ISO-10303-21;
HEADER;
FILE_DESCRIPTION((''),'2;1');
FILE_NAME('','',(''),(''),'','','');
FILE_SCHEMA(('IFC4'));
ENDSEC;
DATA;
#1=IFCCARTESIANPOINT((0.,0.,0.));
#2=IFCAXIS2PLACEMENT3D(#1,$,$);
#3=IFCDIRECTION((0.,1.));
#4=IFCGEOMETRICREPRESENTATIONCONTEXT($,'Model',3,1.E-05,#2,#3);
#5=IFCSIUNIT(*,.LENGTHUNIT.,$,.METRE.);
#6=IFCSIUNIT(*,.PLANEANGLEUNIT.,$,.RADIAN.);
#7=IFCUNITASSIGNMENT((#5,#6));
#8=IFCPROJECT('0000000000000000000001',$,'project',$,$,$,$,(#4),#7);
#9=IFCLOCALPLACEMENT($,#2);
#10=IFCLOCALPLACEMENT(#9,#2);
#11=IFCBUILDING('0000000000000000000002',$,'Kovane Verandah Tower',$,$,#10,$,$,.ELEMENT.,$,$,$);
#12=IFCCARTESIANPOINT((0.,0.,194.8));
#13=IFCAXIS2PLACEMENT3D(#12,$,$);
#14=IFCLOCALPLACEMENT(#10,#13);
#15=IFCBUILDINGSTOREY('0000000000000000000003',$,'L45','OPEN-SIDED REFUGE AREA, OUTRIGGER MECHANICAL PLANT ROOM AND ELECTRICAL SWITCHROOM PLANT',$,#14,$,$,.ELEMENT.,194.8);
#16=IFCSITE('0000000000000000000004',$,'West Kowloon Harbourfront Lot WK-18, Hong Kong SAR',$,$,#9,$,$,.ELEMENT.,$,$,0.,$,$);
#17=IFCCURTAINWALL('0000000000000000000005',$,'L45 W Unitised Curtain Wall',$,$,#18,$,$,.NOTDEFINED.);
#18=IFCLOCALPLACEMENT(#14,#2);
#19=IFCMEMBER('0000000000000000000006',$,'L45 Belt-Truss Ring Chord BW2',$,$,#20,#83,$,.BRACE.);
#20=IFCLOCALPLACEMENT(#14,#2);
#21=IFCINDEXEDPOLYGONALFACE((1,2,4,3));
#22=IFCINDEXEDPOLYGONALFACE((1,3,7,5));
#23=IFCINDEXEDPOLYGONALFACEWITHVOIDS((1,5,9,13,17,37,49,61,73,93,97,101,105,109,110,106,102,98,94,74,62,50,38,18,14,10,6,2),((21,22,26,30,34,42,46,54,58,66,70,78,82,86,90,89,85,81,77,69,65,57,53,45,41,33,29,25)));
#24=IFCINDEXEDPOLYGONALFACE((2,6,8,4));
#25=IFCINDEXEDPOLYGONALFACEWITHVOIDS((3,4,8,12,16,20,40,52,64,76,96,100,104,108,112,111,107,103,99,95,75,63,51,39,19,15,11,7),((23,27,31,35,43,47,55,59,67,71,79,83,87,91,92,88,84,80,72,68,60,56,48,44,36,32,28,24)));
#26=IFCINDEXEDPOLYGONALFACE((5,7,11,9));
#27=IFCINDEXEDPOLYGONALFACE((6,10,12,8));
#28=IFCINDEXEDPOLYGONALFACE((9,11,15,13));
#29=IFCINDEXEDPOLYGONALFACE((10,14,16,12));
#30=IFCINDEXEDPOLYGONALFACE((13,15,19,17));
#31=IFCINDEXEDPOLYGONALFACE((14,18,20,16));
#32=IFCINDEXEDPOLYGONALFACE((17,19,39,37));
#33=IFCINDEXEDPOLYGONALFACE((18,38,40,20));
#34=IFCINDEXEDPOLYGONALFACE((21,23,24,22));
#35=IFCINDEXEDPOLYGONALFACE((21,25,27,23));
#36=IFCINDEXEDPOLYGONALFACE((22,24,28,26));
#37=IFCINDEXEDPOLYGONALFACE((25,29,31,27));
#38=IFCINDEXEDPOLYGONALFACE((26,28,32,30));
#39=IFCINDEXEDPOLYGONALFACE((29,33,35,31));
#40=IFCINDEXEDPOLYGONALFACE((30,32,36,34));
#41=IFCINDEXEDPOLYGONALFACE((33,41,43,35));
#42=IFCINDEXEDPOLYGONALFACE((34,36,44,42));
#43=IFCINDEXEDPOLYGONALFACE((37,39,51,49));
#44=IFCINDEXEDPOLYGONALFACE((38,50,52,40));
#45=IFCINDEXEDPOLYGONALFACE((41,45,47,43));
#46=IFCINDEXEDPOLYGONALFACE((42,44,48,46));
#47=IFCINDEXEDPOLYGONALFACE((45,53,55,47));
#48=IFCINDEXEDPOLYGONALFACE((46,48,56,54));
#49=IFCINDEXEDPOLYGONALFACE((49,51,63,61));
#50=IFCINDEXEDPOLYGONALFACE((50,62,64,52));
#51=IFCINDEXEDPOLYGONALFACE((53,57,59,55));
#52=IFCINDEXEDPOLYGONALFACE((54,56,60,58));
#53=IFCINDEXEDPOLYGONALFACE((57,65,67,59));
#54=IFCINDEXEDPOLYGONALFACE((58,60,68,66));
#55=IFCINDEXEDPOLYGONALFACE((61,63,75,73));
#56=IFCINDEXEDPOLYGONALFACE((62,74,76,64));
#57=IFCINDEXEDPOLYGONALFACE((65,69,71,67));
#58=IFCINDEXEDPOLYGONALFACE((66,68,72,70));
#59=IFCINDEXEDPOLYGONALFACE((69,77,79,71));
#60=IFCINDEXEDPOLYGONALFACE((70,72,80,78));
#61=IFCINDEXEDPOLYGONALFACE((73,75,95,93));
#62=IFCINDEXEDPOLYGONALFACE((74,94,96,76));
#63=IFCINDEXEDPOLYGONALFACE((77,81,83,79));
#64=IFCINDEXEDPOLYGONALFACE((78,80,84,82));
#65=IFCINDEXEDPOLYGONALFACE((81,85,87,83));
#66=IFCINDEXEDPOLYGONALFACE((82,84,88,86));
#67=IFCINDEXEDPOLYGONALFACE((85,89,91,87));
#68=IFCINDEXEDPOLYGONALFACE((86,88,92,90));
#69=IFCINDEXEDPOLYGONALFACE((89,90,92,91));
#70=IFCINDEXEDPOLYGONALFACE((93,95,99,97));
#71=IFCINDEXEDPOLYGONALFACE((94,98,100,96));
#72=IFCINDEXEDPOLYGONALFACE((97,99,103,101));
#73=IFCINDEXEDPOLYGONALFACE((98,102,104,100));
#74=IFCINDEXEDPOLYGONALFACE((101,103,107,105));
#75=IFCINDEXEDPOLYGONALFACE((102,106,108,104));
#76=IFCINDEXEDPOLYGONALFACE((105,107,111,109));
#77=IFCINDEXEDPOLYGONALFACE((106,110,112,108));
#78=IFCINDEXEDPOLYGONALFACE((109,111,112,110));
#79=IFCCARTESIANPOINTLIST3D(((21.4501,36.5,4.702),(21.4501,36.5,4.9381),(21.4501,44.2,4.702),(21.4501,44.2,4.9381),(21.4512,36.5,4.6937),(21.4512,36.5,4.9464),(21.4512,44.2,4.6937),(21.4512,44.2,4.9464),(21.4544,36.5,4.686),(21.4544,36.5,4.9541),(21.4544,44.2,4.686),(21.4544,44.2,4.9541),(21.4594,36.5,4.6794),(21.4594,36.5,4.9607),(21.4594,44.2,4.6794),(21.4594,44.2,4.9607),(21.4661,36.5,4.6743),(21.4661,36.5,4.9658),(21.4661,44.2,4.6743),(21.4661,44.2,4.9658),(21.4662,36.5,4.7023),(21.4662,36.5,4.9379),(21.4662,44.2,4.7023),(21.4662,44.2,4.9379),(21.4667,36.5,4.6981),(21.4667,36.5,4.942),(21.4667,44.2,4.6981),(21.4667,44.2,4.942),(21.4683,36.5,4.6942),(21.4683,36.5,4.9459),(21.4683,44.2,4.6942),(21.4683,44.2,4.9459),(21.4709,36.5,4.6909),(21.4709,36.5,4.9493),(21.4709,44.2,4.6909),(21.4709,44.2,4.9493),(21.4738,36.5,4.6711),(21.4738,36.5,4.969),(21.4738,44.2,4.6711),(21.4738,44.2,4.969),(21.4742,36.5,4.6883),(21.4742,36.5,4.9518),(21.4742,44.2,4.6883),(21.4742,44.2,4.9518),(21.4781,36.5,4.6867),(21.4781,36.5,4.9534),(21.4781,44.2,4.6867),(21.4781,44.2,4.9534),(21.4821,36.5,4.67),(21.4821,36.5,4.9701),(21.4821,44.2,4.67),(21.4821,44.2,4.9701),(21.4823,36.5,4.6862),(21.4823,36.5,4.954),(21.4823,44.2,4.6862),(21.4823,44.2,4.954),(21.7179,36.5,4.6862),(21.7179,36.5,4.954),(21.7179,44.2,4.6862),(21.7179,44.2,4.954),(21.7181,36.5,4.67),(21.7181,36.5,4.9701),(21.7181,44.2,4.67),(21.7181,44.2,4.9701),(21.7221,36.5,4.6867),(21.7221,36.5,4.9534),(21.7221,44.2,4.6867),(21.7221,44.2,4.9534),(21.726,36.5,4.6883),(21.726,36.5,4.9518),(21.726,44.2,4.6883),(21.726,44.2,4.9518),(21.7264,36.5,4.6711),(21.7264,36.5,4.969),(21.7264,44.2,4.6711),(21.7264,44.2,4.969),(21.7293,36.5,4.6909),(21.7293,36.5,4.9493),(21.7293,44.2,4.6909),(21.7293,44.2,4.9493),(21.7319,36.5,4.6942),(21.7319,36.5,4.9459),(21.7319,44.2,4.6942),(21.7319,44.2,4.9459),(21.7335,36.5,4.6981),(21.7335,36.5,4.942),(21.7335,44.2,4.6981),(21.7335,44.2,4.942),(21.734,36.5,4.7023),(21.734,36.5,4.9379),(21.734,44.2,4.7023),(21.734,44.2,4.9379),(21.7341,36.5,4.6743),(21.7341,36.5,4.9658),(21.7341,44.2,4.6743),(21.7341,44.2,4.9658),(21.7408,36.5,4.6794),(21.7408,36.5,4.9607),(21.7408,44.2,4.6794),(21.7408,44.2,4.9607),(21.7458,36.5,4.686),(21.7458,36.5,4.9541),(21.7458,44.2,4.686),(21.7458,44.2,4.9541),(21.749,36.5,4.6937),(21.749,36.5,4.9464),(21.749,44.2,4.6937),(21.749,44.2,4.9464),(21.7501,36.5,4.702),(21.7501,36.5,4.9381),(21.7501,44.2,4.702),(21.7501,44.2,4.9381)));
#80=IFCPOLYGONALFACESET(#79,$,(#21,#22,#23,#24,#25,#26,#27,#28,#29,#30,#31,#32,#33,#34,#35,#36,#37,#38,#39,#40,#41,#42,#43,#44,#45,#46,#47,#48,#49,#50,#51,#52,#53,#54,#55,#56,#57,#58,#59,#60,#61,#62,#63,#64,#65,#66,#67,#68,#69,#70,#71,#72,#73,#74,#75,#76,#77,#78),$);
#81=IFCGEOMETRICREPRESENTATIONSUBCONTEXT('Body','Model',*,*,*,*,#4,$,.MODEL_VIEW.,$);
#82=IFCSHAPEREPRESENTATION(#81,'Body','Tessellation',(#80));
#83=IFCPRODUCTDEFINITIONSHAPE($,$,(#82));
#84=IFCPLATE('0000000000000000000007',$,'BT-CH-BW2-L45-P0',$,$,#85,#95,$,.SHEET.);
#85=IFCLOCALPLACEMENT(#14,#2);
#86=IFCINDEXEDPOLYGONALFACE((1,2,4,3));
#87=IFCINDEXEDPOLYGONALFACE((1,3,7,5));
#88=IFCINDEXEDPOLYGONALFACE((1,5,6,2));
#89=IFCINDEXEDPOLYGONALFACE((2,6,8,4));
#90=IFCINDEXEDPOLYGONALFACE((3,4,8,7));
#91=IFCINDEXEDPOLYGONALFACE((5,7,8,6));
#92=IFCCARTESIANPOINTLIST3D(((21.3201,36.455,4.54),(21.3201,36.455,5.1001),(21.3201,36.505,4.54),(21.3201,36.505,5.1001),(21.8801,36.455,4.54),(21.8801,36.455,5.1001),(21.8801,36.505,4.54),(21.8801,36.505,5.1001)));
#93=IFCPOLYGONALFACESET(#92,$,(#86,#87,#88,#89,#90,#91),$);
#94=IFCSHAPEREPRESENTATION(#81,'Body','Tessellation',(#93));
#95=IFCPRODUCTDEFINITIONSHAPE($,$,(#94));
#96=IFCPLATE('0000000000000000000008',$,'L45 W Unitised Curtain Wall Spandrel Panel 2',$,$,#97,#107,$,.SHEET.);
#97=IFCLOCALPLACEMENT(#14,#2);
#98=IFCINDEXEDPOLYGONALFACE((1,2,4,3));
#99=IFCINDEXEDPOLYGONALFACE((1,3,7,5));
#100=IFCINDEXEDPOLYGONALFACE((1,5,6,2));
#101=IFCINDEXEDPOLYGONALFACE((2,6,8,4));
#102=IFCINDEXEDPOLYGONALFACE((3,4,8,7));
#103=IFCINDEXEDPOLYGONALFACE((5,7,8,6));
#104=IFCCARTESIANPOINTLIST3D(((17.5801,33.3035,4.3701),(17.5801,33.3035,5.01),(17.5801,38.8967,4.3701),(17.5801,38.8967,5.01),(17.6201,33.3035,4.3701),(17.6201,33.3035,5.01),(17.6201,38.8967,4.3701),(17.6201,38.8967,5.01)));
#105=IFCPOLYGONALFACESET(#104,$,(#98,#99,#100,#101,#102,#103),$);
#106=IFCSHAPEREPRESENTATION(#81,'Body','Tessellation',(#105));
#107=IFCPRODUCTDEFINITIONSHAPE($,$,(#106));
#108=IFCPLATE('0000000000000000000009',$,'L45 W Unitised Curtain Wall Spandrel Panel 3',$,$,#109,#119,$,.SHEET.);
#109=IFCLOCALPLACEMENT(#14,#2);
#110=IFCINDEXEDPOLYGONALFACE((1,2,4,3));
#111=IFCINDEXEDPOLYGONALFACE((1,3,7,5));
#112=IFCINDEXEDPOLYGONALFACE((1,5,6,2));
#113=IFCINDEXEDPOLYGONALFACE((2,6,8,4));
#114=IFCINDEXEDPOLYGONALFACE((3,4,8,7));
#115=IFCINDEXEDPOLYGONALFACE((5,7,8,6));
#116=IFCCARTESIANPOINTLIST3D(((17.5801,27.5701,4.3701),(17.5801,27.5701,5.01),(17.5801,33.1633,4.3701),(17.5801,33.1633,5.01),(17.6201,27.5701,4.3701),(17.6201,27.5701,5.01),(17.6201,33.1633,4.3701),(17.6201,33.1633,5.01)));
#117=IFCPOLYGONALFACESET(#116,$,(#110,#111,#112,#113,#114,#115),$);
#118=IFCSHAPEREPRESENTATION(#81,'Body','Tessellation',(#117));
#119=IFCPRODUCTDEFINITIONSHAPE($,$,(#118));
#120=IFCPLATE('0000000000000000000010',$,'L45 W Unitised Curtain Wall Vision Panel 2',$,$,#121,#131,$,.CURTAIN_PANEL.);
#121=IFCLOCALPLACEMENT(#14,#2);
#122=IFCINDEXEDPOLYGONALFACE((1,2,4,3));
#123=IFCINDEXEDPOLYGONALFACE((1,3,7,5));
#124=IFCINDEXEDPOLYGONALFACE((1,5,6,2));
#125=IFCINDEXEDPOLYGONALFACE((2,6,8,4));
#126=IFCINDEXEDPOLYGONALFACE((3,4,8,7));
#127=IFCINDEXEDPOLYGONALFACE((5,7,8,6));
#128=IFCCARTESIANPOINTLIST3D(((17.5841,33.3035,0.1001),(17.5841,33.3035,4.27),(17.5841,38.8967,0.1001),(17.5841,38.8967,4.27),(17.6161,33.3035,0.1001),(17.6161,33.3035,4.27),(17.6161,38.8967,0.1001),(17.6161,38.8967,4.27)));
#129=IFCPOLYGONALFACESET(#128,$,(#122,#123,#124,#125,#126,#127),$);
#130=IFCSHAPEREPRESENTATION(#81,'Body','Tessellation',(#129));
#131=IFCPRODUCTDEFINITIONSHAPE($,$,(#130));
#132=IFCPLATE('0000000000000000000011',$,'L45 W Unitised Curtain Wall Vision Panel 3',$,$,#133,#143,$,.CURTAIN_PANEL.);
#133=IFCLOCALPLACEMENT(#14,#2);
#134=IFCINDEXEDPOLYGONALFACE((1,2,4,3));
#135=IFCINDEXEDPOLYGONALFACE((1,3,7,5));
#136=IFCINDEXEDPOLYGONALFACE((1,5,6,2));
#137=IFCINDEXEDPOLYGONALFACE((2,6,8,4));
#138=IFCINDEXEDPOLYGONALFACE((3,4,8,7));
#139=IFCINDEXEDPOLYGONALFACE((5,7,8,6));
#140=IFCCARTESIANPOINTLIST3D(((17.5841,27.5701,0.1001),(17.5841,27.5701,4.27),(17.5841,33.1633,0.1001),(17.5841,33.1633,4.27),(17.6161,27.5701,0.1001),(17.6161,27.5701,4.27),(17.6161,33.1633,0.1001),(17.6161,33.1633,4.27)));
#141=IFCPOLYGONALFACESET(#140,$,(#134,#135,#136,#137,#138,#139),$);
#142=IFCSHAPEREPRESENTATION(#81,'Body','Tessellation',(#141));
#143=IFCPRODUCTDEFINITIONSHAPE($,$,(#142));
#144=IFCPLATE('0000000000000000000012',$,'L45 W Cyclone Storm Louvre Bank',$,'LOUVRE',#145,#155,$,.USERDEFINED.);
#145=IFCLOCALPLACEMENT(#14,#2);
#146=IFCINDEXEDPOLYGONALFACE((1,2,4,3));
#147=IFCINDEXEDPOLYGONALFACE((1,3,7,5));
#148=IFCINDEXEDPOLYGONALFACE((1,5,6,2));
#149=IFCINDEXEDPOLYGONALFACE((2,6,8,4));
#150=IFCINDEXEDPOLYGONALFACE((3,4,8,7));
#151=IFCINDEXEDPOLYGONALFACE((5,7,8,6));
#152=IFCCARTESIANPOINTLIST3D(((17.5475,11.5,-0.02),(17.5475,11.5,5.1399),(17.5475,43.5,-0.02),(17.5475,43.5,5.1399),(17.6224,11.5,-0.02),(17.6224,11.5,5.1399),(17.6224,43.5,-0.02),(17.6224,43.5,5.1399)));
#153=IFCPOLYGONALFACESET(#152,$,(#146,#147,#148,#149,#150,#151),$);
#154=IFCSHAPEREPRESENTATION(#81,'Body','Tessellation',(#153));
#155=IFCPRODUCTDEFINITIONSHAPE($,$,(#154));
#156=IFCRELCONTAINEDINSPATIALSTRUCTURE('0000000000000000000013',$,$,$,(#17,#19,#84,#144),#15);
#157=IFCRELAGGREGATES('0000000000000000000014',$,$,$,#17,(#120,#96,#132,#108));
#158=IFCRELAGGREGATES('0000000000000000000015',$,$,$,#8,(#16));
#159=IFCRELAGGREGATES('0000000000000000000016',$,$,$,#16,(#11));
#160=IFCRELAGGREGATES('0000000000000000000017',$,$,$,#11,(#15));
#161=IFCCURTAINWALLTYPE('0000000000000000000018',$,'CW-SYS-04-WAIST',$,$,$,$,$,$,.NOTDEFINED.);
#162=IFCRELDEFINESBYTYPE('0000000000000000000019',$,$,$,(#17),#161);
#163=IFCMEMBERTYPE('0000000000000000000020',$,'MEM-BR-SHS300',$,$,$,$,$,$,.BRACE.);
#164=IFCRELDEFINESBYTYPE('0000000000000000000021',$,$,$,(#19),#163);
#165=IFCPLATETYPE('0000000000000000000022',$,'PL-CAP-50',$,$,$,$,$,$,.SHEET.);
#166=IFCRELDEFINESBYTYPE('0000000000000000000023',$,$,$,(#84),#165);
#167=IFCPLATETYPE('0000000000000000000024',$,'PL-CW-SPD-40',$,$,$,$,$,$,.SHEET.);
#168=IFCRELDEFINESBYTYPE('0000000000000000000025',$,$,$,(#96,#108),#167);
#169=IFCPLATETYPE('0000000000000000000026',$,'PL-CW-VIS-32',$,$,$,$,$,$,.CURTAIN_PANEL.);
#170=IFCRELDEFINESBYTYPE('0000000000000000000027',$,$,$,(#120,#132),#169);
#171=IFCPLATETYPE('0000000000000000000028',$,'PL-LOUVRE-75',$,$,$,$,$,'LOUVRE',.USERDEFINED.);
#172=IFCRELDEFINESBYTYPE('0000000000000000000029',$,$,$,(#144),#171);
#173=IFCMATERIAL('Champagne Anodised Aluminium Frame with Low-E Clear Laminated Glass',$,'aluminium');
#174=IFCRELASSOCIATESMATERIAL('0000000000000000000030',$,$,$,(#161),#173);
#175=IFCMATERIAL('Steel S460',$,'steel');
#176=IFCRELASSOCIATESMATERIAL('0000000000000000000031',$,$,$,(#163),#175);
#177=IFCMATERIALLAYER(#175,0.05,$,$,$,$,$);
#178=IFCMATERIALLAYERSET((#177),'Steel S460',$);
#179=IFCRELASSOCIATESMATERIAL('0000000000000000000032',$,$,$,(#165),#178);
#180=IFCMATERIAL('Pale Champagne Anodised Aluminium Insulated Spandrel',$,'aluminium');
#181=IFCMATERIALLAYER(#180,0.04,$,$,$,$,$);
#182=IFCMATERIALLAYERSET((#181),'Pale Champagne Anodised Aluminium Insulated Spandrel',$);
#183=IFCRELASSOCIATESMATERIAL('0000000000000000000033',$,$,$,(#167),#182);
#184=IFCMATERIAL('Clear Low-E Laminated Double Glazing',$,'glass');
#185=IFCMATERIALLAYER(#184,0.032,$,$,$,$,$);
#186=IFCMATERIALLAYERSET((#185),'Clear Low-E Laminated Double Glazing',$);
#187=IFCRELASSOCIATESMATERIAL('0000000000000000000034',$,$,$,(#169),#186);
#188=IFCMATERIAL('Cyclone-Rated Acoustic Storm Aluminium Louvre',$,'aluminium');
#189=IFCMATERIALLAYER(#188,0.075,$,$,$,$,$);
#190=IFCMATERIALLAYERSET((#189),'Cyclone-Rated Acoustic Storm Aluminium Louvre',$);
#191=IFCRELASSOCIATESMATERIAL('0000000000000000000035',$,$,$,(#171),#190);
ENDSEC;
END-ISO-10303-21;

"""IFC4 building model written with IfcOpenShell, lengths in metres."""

from ifc_helpers import new_model, si_unit, direction, frame, origin, origin_2d, place, context, subcontext, project, spatial, rectangle, hollow_rectangle, extrude, material, layer, layer_set, material_profile, profile_set, type_object, element, aggregate, save


model = new_model("IFC4")

# Units and contexts
model_context = context("Model", 3, precision=1e-05, world=origin(), true_north=direction((0.0, 1.0)))
body_context = subcontext(model_context, "Body", "Model", "MODEL_VIEW")
ifc_project = project(units=[si_unit("LENGTHUNIT", "METRE"), si_unit("PLANEANGLEUNIT", "RADIAN")], contexts=[model_context])

# Site, building, storey
site_placement = place(None, origin())
site = spatial("IfcSite", under=ifc_project, at=site_placement, Name="West Kowloon Harbourfront Lot WK-18, Hong Kong SAR", CompositionType="ELEMENT", RefElevation=0.0)
building_placement = place(site_placement, origin())
building = spatial("IfcBuilding", under=site, at=building_placement, Name="Kovane Verandah Tower", CompositionType="ELEMENT")
storey_placement = place(building_placement, frame((0.0, 0.0, 194.8)))
storey = spatial("IfcBuildingStorey", under=building, at=storey_placement, Name="L45", Description="OPEN-SIDED REFUGE AREA, OUTRIGGER MECHANICAL PLANT ROOM AND ELECTRICAL SWITCHROOM PLANT", CompositionType="ELEMENT", Elevation=194.8)

# Shared definitions
ifc_material_1 = material(Name="Steel S460", Category="steel")

# Curtain wall
ifc_material_2 = material(Name="Champagne Anodised Aluminium Frame with Low-E Clear Laminated Glass", Category="aluminium")
curtain_wall_type = type_object("IfcCurtainWallType", Name="CW-SYS-04-WAIST", PredefinedType="NOTDEFINED", material=ifc_material_2)
curtain_wall_placement = place(storey_placement, origin())
curtain_wall = element("IfcCurtainWall", 1, at=curtain_wall_placement, inside=storey, type_object=curtain_wall_type, Name="L45 W Unitised Curtain Wall", PredefinedType="NOTDEFINED")

# Member
ifc_material_profile_1 = material_profile(ifc_material_1, hollow_rectangle(XDim=0.3, YDim=0.3, WallThickness=0.0161, InnerFilletRadius=0.0161, OuterFilletRadius=0.032, at=origin_2d()), Name="SHS300x300x16")
ifc_profile_set_1 = profile_set([ifc_material_profile_1], Name="Steel S460")
member_type_1 = type_object("IfcMemberType", Name="MEM-BR-SHS300", PredefinedType="BRACE", material=ifc_profile_set_1)
member_1_placement = place(storey_placement, frame((21.6001, 36.5, 4.8201), z_axis=(0.0, 1.0, 0.0), x_axis=(-1.0, 0.0, 0.0)))
element("IfcMember", 2, at=member_1_placement, inside=storey, type_object=member_type_1, Name="L45 Belt-Truss Ring Chord BW2", PredefinedType="BRACE", context=body_context, shape_type="SweptSolid", body=[
    extrude(hollow_rectangle(XDim=0.3, YDim=0.3, WallThickness=0.0161, InnerFilletRadius=0.0161, OuterFilletRadius=0.032, at=origin_2d()), origin(), (0.0, 0.0, 1.0), 7.7),
])

# Plates
ifc_layer_1 = layer(ifc_material_1, 0.05)
ifc_layer_set_1 = layer_set([ifc_layer_1], Name="Steel S460")
plate_type_1 = type_object("IfcPlateType", Name="PL-CAP-50", PredefinedType="SHEET", material=ifc_layer_set_1)
plate_1_placement = place(storey_placement, frame((21.6001, 36.48, 4.54), z_axis=(0.0, 0.0, 1.0), x_axis=(0.0, 1.0, 0.0)))
element("IfcPlate", 3, at=plate_1_placement, inside=storey, type_object=plate_type_1, Name="BT-CH-BW2-L45-P0", PredefinedType="SHEET", context=body_context, shape_type="SweptSolid", body=[
    extrude(rectangle(XDim=0.05, YDim=0.5601, at=origin_2d()), origin(), (0.0, 0.0, 1.0), 0.5601),
])
ifc_material_3 = material(Name="Pale Champagne Anodised Aluminium Insulated Spandrel", Category="aluminium")
ifc_layer_2 = layer(ifc_material_3, 0.04)
ifc_layer_set_2 = layer_set([ifc_layer_2], Name="Pale Champagne Anodised Aluminium Insulated Spandrel")
plate_type_2 = type_object("IfcPlateType", Name="PL-CW-SPD-40", PredefinedType="SHEET", material=ifc_layer_set_2)
plate_2_placement = place(storey_placement, frame((17.6001, 36.1001, 4.3701), z_axis=(0.0, 0.0, 1.0), x_axis=(0.0, -1.0, 0.0)))
plate_2 = element("IfcPlate", 4, at=plate_2_placement, type_object=plate_type_2, Name="L45 W Unitised Curtain Wall Spandrel Panel 2", PredefinedType="SHEET", context=body_context, shape_type="SweptSolid", body=[
    extrude(rectangle(XDim=5.5933, YDim=0.04, at=origin_2d()), origin(), (0.0, 0.0, 1.0), 0.6399),
])
plate_3_placement = place(storey_placement, frame((17.6001, 30.3667, 4.3701), z_axis=(0.0, 0.0, 1.0), x_axis=(0.0, -1.0, 0.0)))
plate_3 = element("IfcPlate", 5, at=plate_3_placement, type_object=plate_type_2, Name="L45 W Unitised Curtain Wall Spandrel Panel 3", PredefinedType="SHEET", context=body_context, shape_type="SweptSolid", body=[
    extrude(rectangle(XDim=5.5933, YDim=0.04, at=origin_2d()), origin(), (0.0, 0.0, 1.0), 0.6399),
])
ifc_material_4 = material(Name="Clear Low-E Laminated Double Glazing", Category="glass")
ifc_layer_3 = layer(ifc_material_4, 0.032)
ifc_layer_set_3 = layer_set([ifc_layer_3], Name="Clear Low-E Laminated Double Glazing")
plate_type_3 = type_object("IfcPlateType", Name="PL-CW-VIS-32", PredefinedType="CURTAIN_PANEL", material=ifc_layer_set_3)
plate_4_placement = place(storey_placement, frame((17.6001, 36.1001, 0.1001), z_axis=(0.0, 0.0, 1.0), x_axis=(0.0, -1.0, 0.0)))
plate_4 = element("IfcPlate", 6, at=plate_4_placement, type_object=plate_type_3, Name="L45 W Unitised Curtain Wall Vision Panel 2", PredefinedType="CURTAIN_PANEL", context=body_context, shape_type="SweptSolid", body=[
    extrude(rectangle(XDim=5.5933, YDim=0.032, at=origin_2d()), origin(), (0.0, 0.0, 1.0), 4.1699),
])
plate_5_placement = place(storey_placement, frame((17.6001, 30.3667, 0.1001), z_axis=(0.0, 0.0, 1.0), x_axis=(0.0, -1.0, 0.0)))
plate_5 = element("IfcPlate", 7, at=plate_5_placement, type_object=plate_type_3, Name="L45 W Unitised Curtain Wall Vision Panel 3", PredefinedType="CURTAIN_PANEL", context=body_context, shape_type="SweptSolid", body=[
    extrude(rectangle(XDim=5.5933, YDim=0.032, at=origin_2d()), origin(), (0.0, 0.0, 1.0), 4.1699),
])
aggregate(curtain_wall, [plate_4, plate_2, plate_5, plate_3])
ifc_material_5 = material(Name="Cyclone-Rated Acoustic Storm Aluminium Louvre", Category="aluminium")
ifc_layer_4 = layer(ifc_material_5, 0.075)
ifc_layer_set_4 = layer_set([ifc_layer_4], Name="Cyclone-Rated Acoustic Storm Aluminium Louvre")
plate_type_4 = type_object("IfcPlateType", Name="PL-LOUVRE-75", ElementType="LOUVRE", PredefinedType="USERDEFINED", material=ifc_layer_set_4)
plate_6_placement = place(storey_placement, frame((17.585, 27.5, -0.02), z_axis=(0.0, 0.0, 1.0), x_axis=(0.0, -1.0, 0.0)))
element("IfcPlate", 8, at=plate_6_placement, inside=storey, type_object=plate_type_4, Name="L45 W Cyclone Storm Louvre Bank", ObjectType="LOUVRE", PredefinedType="USERDEFINED", context=body_context, shape_type="SweptSolid", body=[
    extrude(rectangle(XDim=32.0, YDim=0.075, at=origin_2d()), origin(), (0.0, 0.0, 1.0), 5.1599),
])

save(model, "model.ifc")
